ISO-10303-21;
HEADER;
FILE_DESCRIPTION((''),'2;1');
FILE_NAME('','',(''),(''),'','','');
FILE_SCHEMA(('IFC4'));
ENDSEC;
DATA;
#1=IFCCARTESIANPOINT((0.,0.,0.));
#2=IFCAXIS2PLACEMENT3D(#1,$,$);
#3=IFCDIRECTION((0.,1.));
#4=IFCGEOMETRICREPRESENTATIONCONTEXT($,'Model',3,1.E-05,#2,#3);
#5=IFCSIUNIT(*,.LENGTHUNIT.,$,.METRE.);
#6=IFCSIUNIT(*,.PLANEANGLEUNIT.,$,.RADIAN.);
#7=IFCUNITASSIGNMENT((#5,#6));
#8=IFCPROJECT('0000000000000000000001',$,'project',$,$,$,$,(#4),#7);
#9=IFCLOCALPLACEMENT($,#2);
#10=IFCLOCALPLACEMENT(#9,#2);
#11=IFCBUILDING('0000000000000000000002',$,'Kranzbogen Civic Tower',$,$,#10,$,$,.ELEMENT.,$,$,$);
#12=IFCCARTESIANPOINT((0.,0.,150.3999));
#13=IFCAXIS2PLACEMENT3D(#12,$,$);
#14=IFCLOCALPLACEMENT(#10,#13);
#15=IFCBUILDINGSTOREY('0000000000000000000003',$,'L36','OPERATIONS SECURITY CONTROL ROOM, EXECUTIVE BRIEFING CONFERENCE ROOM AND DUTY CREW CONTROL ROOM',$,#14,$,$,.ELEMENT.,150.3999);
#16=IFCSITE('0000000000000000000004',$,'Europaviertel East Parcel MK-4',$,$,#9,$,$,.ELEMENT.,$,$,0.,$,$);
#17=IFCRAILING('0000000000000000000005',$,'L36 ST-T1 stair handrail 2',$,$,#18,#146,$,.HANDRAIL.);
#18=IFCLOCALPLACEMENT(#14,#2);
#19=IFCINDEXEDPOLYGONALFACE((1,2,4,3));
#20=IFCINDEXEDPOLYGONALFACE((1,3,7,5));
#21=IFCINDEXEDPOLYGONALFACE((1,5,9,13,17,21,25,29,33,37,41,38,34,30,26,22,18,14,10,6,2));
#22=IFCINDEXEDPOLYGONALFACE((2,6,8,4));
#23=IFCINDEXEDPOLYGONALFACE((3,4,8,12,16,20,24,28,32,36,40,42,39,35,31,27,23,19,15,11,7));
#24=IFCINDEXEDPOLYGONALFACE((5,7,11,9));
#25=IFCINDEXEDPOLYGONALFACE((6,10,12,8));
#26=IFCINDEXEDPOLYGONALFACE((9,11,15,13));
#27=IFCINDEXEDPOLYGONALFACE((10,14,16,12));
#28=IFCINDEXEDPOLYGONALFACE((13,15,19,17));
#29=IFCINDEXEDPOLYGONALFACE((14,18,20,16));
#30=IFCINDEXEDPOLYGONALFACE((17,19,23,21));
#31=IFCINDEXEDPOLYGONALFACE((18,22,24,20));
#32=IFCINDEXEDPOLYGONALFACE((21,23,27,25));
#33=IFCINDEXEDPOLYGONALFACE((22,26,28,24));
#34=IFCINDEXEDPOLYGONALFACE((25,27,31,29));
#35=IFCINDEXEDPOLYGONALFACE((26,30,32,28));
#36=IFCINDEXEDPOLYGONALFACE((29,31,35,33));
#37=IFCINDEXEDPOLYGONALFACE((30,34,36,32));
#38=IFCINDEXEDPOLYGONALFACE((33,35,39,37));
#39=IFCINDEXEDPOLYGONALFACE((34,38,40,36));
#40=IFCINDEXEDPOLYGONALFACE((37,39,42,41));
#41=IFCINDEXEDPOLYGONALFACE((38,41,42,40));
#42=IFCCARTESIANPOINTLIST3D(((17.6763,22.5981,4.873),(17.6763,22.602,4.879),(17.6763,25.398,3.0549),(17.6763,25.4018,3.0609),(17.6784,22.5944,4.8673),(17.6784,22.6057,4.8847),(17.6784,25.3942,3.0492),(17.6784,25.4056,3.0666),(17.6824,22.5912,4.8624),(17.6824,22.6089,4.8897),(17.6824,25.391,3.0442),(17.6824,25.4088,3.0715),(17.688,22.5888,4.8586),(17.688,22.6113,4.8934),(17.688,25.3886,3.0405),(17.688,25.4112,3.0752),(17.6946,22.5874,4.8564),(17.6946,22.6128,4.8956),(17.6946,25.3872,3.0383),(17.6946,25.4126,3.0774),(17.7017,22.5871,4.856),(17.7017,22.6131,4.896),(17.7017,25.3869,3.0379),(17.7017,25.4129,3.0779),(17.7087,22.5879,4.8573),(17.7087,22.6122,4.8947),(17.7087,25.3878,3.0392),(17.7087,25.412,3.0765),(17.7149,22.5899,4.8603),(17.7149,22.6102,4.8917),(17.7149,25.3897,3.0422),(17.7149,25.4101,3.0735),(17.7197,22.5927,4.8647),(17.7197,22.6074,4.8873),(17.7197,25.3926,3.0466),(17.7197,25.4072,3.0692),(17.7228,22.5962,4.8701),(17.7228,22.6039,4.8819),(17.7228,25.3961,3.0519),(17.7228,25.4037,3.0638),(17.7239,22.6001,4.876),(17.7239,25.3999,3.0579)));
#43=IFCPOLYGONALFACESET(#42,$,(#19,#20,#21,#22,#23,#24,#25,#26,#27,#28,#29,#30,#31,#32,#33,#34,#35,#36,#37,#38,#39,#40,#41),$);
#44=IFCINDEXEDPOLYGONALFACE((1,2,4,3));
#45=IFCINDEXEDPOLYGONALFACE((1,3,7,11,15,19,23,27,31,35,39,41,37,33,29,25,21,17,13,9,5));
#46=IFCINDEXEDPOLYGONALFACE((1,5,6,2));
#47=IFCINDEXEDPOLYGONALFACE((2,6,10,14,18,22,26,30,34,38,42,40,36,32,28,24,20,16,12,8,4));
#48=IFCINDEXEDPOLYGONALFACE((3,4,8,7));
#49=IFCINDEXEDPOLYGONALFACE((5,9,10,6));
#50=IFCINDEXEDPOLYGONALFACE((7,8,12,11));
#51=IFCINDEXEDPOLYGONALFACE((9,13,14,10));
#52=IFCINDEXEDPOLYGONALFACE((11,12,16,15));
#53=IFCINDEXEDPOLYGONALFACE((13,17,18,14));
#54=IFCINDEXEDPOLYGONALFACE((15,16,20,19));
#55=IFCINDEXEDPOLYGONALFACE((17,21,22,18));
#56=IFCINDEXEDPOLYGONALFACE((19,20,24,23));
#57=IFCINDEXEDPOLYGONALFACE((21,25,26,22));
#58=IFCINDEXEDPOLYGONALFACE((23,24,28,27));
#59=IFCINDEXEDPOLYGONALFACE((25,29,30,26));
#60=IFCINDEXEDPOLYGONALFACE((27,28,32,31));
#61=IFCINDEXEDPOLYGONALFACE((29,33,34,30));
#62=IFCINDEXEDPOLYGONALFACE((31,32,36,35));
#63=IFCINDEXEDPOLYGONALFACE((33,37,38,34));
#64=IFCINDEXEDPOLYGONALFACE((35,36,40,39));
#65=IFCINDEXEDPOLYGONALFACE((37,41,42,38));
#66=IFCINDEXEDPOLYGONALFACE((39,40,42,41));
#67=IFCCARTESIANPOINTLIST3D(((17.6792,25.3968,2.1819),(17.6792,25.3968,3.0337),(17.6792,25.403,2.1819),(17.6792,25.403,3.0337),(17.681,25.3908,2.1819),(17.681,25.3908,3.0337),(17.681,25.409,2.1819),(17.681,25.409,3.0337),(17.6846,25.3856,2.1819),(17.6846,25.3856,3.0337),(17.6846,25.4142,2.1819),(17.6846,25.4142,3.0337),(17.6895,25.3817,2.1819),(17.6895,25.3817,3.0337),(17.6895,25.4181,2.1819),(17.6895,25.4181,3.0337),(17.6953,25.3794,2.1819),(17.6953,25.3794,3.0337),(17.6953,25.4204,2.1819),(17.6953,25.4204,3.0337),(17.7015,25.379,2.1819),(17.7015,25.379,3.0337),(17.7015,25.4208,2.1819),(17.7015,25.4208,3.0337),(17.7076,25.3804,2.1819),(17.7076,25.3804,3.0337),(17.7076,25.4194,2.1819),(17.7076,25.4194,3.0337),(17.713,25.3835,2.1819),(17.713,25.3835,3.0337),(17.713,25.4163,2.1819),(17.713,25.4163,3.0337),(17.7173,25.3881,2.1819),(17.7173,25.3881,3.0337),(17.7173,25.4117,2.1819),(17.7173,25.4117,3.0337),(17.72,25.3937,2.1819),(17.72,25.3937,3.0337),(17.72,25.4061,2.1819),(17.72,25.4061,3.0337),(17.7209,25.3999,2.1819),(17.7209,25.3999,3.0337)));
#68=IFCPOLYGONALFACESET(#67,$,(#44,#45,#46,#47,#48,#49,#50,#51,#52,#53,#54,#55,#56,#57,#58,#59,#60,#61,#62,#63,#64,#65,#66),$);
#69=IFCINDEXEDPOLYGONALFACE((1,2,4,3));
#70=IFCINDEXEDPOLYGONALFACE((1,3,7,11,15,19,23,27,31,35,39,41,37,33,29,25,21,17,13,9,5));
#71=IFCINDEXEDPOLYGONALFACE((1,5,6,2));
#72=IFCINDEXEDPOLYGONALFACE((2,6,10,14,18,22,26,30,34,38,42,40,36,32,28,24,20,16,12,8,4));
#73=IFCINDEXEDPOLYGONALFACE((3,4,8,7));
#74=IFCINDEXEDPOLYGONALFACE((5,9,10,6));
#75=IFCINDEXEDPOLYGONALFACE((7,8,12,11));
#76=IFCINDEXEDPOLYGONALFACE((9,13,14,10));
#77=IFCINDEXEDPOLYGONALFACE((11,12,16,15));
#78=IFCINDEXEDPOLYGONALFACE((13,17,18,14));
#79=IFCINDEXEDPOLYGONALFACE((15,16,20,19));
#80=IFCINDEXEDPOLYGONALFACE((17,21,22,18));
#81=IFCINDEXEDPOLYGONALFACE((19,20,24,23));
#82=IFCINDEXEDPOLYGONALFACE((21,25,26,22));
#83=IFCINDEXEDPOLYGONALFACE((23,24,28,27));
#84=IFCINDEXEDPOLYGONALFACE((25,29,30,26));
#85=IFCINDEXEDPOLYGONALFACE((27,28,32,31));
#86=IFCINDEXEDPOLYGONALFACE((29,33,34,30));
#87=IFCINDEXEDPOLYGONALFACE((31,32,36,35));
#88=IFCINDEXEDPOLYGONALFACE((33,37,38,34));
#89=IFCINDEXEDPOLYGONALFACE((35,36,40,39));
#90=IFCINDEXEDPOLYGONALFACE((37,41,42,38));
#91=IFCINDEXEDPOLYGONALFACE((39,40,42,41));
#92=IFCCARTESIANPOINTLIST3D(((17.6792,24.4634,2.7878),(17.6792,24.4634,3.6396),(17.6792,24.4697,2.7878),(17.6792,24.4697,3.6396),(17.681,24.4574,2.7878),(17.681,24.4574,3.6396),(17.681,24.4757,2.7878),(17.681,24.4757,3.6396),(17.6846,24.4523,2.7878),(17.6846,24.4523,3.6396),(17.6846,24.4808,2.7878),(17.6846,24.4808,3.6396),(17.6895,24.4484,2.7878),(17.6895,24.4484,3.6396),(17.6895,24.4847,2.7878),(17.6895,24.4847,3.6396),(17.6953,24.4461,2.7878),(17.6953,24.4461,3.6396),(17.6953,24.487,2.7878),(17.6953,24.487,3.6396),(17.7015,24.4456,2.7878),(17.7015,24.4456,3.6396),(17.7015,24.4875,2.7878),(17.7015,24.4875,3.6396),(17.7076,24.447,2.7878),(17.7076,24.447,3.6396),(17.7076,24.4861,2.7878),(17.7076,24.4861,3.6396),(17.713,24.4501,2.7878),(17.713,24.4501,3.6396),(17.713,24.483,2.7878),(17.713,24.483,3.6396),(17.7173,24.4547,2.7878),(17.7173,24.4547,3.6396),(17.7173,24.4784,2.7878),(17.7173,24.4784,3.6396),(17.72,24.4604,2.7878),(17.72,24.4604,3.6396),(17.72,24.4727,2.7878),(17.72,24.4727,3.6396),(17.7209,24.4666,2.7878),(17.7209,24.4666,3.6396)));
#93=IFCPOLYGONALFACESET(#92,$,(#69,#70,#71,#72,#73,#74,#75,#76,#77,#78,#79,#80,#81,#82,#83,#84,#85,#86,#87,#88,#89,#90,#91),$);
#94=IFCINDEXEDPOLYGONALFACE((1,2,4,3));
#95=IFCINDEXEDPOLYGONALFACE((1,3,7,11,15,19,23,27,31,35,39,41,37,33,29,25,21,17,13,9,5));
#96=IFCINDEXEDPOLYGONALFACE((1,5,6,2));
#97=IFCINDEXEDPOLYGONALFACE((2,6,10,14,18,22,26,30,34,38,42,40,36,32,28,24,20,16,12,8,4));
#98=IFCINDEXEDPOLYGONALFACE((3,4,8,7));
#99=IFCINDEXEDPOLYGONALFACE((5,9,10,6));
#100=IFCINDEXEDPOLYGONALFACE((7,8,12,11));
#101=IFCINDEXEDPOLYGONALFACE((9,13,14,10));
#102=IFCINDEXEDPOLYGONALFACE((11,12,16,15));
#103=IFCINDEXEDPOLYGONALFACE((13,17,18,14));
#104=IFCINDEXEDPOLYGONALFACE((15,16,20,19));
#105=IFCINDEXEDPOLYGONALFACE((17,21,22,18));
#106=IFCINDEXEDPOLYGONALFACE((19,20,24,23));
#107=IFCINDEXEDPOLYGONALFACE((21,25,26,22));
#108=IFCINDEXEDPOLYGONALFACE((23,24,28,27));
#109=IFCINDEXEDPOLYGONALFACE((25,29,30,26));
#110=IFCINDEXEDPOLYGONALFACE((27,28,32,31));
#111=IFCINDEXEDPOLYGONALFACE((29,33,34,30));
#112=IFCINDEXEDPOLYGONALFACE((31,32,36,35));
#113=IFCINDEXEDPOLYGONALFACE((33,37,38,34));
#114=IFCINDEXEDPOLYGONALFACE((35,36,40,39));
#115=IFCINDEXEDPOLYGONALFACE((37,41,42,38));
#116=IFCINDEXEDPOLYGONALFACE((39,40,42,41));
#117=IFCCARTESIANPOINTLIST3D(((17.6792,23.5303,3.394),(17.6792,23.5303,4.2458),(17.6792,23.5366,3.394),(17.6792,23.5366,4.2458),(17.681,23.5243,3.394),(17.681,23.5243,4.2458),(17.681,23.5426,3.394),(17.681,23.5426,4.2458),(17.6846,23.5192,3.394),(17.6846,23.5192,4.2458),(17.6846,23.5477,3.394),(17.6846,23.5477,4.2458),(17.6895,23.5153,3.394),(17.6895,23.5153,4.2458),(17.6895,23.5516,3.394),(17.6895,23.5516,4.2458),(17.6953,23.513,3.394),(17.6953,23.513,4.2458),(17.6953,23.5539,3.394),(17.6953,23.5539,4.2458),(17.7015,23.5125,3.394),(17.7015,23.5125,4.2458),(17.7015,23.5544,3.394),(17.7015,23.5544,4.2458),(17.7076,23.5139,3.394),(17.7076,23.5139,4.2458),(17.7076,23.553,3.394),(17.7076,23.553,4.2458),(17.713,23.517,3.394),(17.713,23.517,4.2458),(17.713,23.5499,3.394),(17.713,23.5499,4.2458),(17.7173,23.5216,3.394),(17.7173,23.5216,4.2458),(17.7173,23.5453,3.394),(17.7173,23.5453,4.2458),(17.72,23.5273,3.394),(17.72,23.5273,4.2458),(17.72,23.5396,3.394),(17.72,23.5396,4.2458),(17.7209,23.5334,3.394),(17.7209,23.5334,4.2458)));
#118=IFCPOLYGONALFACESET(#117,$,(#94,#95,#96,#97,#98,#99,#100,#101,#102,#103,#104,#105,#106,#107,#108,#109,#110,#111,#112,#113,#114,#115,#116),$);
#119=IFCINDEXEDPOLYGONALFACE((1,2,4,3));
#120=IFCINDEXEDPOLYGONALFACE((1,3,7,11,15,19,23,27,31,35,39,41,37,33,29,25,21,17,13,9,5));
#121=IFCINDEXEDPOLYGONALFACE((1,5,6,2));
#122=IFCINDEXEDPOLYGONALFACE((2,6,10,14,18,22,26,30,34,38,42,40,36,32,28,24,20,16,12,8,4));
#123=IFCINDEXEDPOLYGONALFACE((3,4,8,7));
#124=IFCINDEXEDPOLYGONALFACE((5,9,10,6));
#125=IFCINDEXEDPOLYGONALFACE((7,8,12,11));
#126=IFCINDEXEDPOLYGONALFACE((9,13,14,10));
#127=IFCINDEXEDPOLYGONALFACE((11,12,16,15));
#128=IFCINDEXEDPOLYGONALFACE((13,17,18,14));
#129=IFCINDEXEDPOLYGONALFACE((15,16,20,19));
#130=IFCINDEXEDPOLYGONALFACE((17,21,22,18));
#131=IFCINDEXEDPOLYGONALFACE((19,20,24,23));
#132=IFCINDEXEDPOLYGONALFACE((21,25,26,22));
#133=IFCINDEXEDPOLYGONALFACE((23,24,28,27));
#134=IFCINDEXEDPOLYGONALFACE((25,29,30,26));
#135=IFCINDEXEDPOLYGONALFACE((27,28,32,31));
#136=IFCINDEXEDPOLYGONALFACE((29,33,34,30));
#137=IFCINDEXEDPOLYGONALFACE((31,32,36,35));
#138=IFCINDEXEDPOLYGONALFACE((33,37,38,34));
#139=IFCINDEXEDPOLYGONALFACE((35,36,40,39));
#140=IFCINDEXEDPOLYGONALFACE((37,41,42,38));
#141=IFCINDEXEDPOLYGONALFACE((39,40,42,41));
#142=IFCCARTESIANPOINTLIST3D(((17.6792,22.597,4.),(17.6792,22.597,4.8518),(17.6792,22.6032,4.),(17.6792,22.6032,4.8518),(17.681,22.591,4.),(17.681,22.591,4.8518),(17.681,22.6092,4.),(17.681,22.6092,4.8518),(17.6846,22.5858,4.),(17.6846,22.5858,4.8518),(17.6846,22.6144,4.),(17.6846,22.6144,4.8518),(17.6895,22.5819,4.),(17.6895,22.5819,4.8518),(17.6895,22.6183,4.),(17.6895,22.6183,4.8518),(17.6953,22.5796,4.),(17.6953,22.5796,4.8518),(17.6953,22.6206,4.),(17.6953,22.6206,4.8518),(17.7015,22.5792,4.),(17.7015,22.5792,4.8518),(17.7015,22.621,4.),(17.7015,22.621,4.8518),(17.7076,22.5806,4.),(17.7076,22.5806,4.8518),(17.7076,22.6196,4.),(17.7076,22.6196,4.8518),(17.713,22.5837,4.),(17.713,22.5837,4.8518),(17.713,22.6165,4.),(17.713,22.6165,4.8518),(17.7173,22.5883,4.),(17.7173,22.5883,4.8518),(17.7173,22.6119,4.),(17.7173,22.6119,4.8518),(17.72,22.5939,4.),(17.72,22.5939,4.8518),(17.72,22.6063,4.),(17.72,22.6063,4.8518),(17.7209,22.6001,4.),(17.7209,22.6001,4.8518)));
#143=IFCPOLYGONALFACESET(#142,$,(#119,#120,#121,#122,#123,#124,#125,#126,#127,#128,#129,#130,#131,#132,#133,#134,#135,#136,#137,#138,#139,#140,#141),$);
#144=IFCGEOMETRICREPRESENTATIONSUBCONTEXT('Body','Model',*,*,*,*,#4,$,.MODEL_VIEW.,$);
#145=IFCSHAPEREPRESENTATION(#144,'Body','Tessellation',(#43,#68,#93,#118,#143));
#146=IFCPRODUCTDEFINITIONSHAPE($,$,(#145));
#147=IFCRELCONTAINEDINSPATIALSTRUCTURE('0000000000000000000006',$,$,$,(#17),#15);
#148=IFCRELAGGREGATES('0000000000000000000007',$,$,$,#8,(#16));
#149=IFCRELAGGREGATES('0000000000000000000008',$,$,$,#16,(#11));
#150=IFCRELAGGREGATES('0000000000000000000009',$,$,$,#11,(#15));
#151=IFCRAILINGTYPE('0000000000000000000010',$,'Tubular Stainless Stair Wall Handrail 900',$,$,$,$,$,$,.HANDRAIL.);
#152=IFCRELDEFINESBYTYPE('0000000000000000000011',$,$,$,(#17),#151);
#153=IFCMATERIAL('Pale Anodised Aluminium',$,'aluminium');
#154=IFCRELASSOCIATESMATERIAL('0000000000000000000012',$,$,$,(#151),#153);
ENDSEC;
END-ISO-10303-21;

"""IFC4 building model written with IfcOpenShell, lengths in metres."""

from ifc_helpers import new_model, si_unit, direction, frame, origin, origin_2d, place, context, subcontext, project, spatial, circle, extrude, material, type_object, element, save


model = new_model("IFC4")

# Units and contexts
model_context = context("Model", 3, precision=1e-05, world=origin(), true_north=direction((0.0, 1.0)))
body_context = subcontext(model_context, "Body", "Model", "MODEL_VIEW")
ifc_project = project(units=[si_unit("LENGTHUNIT", "METRE"), si_unit("PLANEANGLEUNIT", "RADIAN")], contexts=[model_context])

# Site, building, storey
site_placement = place(None, origin())
site = spatial("IfcSite", under=ifc_project, at=site_placement, Name="Europaviertel East Parcel MK-4", CompositionType="ELEMENT", RefElevation=0.0)
building_placement = place(site_placement, origin())
building = spatial("IfcBuilding", under=site, at=building_placement, Name="Kranzbogen Civic Tower", CompositionType="ELEMENT")
storey_placement = place(building_placement, frame((0.0, 0.0, 150.3999)))
storey = spatial("IfcBuildingStorey", under=building, at=storey_placement, Name="L36", Description="OPERATIONS SECURITY CONTROL ROOM, EXECUTIVE BRIEFING CONFERENCE ROOM AND DUTY CREW CONTROL ROOM", CompositionType="ELEMENT", Elevation=150.3999)

# Railing
ifc_material_1 = material(Name="Pale Anodised Aluminium", Category="aluminium")
railing_type_1 = type_object("IfcRailingType", Name="Tubular Stainless Stair Wall Handrail 900", PredefinedType="HANDRAIL", material=ifc_material_1)
railing_1_placement = place(storey_placement, frame((17.7, 25.3999, 2.1819)))
element("IfcRailing", 1, at=railing_1_placement, inside=storey, type_object=railing_type_1, Name="L36 ST-T1 stair handrail 2", PredefinedType="HANDRAIL", context=body_context, shape_type="SweptSolid", body=[
    extrude(circle(Radius=0.0239, at=origin_2d()), frame((0.0, 0.0, 0.876), z_axis=(0.0, -0.838684, 0.544618), x_axis=(1.0, 0.0, 0.0)), (0.0, 0.0, 1.0), 3.3384),
    extrude(circle(Radius=0.021, at=origin_2d()), origin(), (0.0, 0.0, 1.0), 0.8518),
    extrude(circle(Radius=0.021, at=origin_2d()), frame((0.0, -0.9333, 0.606)), (0.0, 0.0, 1.0), 0.8518),
    extrude(circle(Radius=0.021, at=origin_2d()), frame((0.0, -1.8665, 1.2122)), (0.0, 0.0, 1.0), 0.8518),
    extrude(circle(Radius=0.021, at=origin_2d()), frame((0.0, -2.7998, 1.8181)), (0.0, 0.0, 1.0), 0.8518),
])

save(model, "model.ifc")
